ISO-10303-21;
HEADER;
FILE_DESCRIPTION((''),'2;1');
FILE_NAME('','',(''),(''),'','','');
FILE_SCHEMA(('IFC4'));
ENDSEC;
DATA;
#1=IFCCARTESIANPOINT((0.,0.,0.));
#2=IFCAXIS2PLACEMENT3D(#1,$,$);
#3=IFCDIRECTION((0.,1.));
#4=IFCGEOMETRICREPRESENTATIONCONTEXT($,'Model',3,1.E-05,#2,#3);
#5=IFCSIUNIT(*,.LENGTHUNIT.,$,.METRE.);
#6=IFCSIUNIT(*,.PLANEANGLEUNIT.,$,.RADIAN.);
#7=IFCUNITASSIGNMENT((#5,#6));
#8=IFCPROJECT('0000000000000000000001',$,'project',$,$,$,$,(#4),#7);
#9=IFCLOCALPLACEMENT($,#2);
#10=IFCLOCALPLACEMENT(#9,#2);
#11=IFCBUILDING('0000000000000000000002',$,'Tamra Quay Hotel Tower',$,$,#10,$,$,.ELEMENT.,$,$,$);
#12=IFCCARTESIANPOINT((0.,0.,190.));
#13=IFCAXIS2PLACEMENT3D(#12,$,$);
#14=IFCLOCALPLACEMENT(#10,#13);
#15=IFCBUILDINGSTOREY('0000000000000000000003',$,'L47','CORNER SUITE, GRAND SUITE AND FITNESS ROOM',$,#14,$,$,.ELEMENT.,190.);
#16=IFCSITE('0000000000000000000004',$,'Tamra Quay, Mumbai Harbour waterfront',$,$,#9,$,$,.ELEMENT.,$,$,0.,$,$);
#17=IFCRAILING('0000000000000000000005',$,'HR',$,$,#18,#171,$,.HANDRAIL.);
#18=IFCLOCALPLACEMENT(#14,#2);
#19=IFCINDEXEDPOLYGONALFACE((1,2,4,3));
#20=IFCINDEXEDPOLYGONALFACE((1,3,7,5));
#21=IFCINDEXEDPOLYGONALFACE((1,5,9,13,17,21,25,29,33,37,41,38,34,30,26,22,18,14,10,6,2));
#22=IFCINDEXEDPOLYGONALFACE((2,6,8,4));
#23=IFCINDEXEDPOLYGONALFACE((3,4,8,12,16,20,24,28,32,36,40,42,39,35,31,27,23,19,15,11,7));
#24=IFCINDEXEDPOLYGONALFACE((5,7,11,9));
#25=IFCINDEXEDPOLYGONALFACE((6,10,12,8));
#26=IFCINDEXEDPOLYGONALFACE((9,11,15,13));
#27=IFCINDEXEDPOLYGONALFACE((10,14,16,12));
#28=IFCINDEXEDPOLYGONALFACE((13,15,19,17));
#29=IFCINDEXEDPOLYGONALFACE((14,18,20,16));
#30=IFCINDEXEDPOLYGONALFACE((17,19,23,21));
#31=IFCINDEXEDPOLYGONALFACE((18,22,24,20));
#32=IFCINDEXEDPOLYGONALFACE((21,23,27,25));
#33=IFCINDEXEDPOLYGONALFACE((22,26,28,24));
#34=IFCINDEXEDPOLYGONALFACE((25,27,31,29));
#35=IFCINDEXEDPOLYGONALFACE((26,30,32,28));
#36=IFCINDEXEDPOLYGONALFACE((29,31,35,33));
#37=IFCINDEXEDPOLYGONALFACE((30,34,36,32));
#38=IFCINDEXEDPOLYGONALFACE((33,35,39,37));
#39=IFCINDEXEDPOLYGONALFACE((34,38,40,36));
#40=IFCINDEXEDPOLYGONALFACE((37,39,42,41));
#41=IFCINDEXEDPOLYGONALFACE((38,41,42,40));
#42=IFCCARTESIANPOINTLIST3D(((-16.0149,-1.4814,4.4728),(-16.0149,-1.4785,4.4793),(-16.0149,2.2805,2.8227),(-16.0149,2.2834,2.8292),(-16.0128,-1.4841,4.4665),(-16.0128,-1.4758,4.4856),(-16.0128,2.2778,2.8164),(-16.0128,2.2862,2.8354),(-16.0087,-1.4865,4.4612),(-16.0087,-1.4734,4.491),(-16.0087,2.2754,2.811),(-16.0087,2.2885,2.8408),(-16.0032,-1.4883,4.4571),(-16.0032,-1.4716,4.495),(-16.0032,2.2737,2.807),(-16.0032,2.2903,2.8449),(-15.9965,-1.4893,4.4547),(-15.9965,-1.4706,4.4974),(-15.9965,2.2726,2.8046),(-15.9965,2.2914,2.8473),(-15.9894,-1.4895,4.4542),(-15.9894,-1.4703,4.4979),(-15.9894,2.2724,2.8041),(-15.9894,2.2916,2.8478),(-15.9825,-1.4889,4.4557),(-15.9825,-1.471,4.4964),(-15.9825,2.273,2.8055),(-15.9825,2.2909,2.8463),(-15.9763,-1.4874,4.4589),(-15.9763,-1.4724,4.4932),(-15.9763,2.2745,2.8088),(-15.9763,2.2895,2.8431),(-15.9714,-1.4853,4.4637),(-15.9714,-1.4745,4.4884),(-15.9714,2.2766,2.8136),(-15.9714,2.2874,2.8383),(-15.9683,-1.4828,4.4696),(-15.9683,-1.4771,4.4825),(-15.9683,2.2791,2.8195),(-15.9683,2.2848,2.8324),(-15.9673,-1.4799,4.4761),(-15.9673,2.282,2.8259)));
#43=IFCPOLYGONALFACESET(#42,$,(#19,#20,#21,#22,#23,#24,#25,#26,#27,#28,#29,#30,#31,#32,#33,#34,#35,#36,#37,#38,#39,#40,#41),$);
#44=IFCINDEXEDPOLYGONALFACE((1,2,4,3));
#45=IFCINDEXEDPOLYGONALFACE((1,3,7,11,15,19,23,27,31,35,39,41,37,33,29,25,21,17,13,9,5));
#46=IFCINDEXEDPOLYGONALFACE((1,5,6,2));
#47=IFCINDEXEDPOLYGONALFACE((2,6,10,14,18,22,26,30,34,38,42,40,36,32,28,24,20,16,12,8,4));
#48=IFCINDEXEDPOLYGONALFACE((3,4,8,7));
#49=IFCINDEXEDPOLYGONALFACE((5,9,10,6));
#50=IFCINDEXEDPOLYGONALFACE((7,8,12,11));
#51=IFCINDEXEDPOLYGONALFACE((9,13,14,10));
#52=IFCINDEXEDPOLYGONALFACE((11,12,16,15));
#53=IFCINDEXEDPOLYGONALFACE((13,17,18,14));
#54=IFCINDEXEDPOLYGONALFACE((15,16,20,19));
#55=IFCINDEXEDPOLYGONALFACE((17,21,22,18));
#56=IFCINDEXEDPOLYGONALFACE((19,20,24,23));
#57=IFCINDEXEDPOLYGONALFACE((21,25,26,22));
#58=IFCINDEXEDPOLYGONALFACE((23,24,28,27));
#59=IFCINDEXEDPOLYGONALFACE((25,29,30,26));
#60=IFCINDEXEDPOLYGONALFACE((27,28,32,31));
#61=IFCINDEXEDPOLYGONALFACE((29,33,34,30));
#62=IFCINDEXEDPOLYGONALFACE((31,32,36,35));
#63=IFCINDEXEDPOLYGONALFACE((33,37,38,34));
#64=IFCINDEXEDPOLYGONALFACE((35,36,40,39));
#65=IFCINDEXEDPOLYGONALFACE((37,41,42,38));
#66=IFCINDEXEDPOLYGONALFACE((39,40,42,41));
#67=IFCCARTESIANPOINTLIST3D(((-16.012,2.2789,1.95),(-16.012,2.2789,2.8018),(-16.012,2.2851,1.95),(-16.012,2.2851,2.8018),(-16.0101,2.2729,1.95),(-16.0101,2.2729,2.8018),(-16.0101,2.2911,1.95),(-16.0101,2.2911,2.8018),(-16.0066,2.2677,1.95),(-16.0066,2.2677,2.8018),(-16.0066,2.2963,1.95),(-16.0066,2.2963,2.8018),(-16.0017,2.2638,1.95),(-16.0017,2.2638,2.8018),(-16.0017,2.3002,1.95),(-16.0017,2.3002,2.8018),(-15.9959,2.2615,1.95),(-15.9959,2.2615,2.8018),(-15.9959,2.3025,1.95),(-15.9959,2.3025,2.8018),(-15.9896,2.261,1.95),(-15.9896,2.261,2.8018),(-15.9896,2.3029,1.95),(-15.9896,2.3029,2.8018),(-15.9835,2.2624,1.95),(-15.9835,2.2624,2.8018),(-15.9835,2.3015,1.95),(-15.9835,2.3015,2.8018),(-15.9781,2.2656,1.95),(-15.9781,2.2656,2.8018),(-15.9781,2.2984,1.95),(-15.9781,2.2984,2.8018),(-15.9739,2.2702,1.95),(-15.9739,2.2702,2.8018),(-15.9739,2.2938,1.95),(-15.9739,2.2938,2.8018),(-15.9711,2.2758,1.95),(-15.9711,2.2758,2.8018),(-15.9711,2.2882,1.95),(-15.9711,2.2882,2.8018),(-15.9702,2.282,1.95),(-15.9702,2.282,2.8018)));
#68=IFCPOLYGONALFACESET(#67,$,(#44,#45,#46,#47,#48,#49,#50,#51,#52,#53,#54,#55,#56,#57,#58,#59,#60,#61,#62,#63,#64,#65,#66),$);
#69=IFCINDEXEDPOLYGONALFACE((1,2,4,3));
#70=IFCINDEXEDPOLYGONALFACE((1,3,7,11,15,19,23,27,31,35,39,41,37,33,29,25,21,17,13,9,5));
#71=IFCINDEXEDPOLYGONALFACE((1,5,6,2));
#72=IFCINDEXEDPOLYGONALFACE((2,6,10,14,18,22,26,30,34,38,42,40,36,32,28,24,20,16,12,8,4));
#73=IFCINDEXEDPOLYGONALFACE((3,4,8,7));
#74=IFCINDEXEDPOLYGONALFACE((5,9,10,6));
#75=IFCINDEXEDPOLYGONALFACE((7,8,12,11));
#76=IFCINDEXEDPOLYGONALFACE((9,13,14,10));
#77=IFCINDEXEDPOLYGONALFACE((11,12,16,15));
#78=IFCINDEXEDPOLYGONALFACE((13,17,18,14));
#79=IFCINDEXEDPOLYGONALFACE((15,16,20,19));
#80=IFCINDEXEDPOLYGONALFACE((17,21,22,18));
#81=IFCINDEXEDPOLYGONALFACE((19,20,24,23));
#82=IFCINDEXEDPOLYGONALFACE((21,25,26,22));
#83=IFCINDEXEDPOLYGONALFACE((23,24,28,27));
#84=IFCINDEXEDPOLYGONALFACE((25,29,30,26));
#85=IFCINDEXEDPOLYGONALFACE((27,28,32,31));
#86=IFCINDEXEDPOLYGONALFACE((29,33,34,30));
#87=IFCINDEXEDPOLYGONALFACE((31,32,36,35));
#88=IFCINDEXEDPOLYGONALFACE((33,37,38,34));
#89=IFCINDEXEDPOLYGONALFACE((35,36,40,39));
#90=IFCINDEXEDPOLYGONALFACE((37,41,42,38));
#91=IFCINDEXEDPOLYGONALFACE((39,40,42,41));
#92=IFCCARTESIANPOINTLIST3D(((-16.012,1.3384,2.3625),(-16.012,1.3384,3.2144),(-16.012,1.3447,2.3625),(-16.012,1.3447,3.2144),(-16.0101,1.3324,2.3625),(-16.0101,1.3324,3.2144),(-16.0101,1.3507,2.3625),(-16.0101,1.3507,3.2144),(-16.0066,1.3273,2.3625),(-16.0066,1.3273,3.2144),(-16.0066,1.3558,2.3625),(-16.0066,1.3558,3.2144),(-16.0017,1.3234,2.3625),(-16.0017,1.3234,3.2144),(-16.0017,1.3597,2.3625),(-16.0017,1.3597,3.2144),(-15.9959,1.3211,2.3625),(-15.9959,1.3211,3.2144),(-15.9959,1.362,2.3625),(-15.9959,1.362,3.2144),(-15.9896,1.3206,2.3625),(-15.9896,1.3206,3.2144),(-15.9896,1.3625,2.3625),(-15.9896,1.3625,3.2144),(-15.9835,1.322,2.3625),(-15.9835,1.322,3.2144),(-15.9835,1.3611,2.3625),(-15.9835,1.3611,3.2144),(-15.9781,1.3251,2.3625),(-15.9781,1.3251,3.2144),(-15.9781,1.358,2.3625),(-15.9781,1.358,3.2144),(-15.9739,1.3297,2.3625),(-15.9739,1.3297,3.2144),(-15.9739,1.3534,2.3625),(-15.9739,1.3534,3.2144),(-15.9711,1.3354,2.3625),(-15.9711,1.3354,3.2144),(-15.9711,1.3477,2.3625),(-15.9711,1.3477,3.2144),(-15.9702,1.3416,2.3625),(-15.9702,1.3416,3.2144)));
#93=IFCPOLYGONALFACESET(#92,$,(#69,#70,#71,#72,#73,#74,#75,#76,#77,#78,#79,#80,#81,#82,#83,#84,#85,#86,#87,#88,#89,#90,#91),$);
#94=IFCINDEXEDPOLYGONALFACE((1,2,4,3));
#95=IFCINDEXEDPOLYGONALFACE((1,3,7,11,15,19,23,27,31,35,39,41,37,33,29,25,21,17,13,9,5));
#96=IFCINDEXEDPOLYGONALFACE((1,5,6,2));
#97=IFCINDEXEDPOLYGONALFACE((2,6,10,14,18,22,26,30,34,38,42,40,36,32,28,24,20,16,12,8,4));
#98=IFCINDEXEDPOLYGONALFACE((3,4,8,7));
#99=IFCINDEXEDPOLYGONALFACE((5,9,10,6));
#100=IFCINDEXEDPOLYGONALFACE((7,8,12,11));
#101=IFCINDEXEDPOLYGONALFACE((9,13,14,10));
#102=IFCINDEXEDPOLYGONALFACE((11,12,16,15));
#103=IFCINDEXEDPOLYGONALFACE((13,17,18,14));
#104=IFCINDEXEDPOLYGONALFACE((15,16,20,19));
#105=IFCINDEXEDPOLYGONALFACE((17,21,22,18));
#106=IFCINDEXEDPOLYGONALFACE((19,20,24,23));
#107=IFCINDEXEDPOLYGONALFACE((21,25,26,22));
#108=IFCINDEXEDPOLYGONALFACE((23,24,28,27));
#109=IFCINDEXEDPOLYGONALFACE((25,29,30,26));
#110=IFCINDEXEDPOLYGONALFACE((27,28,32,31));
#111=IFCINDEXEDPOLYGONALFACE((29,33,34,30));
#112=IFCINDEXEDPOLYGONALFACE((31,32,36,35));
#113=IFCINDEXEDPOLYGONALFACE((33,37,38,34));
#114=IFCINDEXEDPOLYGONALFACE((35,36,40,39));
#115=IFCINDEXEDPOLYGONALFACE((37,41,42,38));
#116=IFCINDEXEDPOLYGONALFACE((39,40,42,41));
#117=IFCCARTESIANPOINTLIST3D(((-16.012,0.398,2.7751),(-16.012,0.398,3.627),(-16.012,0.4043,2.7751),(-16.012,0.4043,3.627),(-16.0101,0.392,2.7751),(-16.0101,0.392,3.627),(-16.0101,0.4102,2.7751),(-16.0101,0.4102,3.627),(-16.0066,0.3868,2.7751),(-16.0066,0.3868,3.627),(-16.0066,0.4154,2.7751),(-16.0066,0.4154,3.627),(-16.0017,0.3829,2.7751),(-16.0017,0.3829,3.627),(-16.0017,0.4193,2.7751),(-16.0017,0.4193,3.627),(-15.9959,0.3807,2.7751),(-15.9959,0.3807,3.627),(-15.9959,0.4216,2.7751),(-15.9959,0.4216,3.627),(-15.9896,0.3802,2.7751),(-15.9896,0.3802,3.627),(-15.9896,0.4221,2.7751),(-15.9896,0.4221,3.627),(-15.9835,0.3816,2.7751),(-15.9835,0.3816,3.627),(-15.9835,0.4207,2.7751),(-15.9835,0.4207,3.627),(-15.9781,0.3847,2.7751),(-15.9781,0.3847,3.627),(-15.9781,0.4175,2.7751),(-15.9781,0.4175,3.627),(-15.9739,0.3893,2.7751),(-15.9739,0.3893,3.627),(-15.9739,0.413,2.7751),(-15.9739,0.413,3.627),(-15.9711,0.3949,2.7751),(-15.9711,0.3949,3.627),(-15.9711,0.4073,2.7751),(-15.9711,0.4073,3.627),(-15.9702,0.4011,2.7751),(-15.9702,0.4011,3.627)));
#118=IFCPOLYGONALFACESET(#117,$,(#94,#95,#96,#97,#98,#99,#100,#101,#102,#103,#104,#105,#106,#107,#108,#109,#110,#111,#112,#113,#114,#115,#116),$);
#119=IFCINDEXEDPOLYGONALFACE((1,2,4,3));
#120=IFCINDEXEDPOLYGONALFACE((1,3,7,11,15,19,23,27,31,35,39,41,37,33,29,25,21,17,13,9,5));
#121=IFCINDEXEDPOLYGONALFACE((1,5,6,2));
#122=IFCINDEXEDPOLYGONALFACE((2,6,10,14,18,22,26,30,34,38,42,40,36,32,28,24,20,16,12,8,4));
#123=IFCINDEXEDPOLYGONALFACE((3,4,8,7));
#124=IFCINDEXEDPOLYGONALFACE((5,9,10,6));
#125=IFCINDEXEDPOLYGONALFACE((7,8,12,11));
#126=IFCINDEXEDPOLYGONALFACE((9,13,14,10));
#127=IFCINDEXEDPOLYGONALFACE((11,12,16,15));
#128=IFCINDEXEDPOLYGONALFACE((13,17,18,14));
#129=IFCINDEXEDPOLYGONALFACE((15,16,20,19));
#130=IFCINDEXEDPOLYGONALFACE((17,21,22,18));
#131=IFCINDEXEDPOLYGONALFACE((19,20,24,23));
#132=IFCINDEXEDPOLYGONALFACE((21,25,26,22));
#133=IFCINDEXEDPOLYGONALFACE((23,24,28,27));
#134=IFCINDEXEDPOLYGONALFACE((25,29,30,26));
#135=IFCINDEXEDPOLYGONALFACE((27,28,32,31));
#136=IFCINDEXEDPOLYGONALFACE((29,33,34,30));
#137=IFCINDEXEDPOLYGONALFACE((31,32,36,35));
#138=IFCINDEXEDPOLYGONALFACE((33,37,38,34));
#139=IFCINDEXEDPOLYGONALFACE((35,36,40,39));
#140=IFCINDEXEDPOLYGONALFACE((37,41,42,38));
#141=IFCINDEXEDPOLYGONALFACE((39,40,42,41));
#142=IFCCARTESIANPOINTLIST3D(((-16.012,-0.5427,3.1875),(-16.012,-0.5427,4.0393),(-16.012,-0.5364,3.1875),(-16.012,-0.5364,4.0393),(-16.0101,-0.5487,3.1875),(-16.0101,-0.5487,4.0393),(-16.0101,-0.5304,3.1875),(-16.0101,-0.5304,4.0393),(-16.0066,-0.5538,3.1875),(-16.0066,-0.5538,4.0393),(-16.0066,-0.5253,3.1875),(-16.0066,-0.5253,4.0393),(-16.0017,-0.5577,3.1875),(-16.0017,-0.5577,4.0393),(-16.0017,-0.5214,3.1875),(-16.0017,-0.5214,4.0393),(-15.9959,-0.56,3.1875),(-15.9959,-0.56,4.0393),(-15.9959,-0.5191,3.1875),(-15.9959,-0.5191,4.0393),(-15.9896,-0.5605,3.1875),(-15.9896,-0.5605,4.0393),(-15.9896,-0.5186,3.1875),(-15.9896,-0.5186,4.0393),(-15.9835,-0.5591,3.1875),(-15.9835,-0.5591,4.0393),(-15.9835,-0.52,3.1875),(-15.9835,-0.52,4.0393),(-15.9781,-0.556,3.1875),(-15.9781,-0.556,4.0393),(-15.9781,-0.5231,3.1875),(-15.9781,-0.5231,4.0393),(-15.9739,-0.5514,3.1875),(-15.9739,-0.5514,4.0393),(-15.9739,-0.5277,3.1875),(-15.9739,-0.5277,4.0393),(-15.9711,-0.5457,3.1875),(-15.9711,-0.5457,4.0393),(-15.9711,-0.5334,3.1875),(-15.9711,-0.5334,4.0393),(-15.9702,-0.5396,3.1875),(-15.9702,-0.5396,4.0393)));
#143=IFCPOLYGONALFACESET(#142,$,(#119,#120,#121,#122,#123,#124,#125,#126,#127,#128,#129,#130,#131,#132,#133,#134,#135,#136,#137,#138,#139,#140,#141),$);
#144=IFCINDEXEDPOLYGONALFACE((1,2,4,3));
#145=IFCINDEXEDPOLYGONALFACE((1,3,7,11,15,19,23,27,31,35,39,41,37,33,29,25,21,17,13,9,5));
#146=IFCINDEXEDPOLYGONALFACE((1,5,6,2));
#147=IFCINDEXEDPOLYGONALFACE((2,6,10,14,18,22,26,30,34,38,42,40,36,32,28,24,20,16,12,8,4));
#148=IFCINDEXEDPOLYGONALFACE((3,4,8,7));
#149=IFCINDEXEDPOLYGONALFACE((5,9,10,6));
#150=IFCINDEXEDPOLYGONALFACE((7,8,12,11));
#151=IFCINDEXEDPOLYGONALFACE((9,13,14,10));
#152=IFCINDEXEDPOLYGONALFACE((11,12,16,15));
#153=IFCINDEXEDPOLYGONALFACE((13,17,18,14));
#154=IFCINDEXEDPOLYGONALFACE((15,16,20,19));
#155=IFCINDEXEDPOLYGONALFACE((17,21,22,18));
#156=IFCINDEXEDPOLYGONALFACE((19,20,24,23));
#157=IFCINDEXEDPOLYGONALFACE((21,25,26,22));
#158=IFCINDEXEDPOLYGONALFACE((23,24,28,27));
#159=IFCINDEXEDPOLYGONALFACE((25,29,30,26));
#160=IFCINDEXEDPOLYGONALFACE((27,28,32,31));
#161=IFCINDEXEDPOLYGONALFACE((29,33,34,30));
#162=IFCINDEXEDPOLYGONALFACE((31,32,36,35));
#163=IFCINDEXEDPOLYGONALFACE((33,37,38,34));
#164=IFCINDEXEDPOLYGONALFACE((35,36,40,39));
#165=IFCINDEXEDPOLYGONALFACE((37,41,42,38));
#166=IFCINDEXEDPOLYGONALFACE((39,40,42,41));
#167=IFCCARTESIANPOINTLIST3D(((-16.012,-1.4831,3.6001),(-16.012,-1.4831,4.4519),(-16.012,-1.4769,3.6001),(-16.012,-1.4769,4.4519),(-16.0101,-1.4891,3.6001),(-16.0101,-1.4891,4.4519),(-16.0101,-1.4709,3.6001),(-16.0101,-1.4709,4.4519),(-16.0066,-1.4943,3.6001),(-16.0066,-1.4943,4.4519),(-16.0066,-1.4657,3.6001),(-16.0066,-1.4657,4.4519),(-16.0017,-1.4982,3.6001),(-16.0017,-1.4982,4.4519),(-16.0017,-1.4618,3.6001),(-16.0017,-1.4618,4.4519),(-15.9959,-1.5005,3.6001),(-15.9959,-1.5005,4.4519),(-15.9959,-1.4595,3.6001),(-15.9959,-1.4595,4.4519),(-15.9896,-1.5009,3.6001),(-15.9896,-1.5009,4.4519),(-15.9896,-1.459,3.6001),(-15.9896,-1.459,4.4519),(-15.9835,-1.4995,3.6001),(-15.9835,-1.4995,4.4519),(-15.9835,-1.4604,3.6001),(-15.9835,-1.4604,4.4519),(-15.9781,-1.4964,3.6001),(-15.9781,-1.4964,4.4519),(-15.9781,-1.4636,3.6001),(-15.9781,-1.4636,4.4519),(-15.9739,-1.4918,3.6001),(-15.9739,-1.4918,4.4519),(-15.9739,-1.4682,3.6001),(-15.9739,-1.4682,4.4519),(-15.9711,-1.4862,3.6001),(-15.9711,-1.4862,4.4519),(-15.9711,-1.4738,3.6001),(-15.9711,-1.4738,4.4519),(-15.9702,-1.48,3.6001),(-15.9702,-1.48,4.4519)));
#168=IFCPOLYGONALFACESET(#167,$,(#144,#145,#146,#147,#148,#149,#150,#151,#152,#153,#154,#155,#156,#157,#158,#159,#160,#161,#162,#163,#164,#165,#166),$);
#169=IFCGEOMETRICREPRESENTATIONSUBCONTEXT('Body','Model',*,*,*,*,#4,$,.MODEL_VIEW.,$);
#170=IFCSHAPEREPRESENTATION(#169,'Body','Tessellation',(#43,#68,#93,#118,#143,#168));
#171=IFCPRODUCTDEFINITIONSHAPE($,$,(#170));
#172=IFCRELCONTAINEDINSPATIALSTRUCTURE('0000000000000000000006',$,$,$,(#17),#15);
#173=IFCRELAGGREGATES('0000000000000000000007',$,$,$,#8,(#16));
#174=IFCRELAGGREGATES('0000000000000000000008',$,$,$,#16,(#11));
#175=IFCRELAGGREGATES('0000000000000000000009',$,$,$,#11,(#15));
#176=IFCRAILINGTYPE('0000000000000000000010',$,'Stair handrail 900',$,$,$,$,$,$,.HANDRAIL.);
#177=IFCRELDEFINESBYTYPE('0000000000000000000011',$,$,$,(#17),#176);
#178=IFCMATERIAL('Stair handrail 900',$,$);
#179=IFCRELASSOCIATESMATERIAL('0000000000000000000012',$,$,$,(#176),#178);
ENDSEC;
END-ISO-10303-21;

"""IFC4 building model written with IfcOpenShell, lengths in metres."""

from ifc_helpers import new_model, si_unit, direction, frame, origin, origin_2d, place, context, subcontext, project, spatial, circle, extrude, material, type_object, element, save


model = new_model("IFC4")

# Units and contexts
model_context = context("Model", 3, precision=1e-05, world=origin(), true_north=direction((0.0, 1.0)))
body_context = subcontext(model_context, "Body", "Model", "MODEL_VIEW")
ifc_project = project(units=[si_unit("LENGTHUNIT", "METRE"), si_unit("PLANEANGLEUNIT", "RADIAN")], contexts=[model_context])

# Site, building, storey
site_placement = place(None, origin())
site = spatial("IfcSite", under=ifc_project, at=site_placement, Name="Tamra Quay, Mumbai Harbour waterfront", CompositionType="ELEMENT", RefElevation=0.0)
building_placement = place(site_placement, origin())
building = spatial("IfcBuilding", under=site, at=building_placement, Name="Tamra Quay Hotel Tower", CompositionType="ELEMENT")
storey_placement = place(building_placement, frame((0.0, 0.0, 190.0)))
storey = spatial("IfcBuildingStorey", under=building, at=storey_placement, Name="L47", Description="CORNER SUITE, GRAND SUITE AND FITNESS ROOM", CompositionType="ELEMENT", Elevation=190.0)

# Railing
ifc_material_1 = material(Name="Stair handrail 900")
railing_type = type_object("IfcRailingType", Name="Stair handrail 900", PredefinedType="HANDRAIL", material=ifc_material_1)
railing_placement = place(storey_placement, frame((-15.9912, 2.282, 1.95)))
element("IfcRailing", 1, at=railing_placement, inside=storey, type_object=railing_type, Name="HR", PredefinedType="HANDRAIL", context=body_context, shape_type="SweptSolid", body=[
    extrude(circle(Radius=0.0239, at=origin_2d()), frame((0.0, 0.0, 0.876), z_axis=(0.0, -0.915774, 0.401695), x_axis=(1.0, 0.0, 0.0)), (0.0, 0.0, 1.0), 4.1079),
    extrude(circle(Radius=0.021, at=origin_2d()), origin(), (0.0, 0.0, 1.0), 0.8518),
    extrude(circle(Radius=0.021, at=origin_2d()), frame((0.0, -0.9404, 0.4126)), (0.0, 0.0, 1.0), 0.8518),
    extrude(circle(Radius=0.021, at=origin_2d()), frame((0.0, -1.8809, 0.8252)), (0.0, 0.0, 1.0), 0.8518),
    extrude(circle(Radius=0.021, at=origin_2d()), frame((0.0, -2.8215, 1.2375)), (0.0, 0.0, 1.0), 0.8518),
    extrude(circle(Radius=0.021, at=origin_2d()), frame((0.0, -3.762, 1.6501)), (0.0, 0.0, 1.0), 0.8518),
])

save(model, "model.ifc")
